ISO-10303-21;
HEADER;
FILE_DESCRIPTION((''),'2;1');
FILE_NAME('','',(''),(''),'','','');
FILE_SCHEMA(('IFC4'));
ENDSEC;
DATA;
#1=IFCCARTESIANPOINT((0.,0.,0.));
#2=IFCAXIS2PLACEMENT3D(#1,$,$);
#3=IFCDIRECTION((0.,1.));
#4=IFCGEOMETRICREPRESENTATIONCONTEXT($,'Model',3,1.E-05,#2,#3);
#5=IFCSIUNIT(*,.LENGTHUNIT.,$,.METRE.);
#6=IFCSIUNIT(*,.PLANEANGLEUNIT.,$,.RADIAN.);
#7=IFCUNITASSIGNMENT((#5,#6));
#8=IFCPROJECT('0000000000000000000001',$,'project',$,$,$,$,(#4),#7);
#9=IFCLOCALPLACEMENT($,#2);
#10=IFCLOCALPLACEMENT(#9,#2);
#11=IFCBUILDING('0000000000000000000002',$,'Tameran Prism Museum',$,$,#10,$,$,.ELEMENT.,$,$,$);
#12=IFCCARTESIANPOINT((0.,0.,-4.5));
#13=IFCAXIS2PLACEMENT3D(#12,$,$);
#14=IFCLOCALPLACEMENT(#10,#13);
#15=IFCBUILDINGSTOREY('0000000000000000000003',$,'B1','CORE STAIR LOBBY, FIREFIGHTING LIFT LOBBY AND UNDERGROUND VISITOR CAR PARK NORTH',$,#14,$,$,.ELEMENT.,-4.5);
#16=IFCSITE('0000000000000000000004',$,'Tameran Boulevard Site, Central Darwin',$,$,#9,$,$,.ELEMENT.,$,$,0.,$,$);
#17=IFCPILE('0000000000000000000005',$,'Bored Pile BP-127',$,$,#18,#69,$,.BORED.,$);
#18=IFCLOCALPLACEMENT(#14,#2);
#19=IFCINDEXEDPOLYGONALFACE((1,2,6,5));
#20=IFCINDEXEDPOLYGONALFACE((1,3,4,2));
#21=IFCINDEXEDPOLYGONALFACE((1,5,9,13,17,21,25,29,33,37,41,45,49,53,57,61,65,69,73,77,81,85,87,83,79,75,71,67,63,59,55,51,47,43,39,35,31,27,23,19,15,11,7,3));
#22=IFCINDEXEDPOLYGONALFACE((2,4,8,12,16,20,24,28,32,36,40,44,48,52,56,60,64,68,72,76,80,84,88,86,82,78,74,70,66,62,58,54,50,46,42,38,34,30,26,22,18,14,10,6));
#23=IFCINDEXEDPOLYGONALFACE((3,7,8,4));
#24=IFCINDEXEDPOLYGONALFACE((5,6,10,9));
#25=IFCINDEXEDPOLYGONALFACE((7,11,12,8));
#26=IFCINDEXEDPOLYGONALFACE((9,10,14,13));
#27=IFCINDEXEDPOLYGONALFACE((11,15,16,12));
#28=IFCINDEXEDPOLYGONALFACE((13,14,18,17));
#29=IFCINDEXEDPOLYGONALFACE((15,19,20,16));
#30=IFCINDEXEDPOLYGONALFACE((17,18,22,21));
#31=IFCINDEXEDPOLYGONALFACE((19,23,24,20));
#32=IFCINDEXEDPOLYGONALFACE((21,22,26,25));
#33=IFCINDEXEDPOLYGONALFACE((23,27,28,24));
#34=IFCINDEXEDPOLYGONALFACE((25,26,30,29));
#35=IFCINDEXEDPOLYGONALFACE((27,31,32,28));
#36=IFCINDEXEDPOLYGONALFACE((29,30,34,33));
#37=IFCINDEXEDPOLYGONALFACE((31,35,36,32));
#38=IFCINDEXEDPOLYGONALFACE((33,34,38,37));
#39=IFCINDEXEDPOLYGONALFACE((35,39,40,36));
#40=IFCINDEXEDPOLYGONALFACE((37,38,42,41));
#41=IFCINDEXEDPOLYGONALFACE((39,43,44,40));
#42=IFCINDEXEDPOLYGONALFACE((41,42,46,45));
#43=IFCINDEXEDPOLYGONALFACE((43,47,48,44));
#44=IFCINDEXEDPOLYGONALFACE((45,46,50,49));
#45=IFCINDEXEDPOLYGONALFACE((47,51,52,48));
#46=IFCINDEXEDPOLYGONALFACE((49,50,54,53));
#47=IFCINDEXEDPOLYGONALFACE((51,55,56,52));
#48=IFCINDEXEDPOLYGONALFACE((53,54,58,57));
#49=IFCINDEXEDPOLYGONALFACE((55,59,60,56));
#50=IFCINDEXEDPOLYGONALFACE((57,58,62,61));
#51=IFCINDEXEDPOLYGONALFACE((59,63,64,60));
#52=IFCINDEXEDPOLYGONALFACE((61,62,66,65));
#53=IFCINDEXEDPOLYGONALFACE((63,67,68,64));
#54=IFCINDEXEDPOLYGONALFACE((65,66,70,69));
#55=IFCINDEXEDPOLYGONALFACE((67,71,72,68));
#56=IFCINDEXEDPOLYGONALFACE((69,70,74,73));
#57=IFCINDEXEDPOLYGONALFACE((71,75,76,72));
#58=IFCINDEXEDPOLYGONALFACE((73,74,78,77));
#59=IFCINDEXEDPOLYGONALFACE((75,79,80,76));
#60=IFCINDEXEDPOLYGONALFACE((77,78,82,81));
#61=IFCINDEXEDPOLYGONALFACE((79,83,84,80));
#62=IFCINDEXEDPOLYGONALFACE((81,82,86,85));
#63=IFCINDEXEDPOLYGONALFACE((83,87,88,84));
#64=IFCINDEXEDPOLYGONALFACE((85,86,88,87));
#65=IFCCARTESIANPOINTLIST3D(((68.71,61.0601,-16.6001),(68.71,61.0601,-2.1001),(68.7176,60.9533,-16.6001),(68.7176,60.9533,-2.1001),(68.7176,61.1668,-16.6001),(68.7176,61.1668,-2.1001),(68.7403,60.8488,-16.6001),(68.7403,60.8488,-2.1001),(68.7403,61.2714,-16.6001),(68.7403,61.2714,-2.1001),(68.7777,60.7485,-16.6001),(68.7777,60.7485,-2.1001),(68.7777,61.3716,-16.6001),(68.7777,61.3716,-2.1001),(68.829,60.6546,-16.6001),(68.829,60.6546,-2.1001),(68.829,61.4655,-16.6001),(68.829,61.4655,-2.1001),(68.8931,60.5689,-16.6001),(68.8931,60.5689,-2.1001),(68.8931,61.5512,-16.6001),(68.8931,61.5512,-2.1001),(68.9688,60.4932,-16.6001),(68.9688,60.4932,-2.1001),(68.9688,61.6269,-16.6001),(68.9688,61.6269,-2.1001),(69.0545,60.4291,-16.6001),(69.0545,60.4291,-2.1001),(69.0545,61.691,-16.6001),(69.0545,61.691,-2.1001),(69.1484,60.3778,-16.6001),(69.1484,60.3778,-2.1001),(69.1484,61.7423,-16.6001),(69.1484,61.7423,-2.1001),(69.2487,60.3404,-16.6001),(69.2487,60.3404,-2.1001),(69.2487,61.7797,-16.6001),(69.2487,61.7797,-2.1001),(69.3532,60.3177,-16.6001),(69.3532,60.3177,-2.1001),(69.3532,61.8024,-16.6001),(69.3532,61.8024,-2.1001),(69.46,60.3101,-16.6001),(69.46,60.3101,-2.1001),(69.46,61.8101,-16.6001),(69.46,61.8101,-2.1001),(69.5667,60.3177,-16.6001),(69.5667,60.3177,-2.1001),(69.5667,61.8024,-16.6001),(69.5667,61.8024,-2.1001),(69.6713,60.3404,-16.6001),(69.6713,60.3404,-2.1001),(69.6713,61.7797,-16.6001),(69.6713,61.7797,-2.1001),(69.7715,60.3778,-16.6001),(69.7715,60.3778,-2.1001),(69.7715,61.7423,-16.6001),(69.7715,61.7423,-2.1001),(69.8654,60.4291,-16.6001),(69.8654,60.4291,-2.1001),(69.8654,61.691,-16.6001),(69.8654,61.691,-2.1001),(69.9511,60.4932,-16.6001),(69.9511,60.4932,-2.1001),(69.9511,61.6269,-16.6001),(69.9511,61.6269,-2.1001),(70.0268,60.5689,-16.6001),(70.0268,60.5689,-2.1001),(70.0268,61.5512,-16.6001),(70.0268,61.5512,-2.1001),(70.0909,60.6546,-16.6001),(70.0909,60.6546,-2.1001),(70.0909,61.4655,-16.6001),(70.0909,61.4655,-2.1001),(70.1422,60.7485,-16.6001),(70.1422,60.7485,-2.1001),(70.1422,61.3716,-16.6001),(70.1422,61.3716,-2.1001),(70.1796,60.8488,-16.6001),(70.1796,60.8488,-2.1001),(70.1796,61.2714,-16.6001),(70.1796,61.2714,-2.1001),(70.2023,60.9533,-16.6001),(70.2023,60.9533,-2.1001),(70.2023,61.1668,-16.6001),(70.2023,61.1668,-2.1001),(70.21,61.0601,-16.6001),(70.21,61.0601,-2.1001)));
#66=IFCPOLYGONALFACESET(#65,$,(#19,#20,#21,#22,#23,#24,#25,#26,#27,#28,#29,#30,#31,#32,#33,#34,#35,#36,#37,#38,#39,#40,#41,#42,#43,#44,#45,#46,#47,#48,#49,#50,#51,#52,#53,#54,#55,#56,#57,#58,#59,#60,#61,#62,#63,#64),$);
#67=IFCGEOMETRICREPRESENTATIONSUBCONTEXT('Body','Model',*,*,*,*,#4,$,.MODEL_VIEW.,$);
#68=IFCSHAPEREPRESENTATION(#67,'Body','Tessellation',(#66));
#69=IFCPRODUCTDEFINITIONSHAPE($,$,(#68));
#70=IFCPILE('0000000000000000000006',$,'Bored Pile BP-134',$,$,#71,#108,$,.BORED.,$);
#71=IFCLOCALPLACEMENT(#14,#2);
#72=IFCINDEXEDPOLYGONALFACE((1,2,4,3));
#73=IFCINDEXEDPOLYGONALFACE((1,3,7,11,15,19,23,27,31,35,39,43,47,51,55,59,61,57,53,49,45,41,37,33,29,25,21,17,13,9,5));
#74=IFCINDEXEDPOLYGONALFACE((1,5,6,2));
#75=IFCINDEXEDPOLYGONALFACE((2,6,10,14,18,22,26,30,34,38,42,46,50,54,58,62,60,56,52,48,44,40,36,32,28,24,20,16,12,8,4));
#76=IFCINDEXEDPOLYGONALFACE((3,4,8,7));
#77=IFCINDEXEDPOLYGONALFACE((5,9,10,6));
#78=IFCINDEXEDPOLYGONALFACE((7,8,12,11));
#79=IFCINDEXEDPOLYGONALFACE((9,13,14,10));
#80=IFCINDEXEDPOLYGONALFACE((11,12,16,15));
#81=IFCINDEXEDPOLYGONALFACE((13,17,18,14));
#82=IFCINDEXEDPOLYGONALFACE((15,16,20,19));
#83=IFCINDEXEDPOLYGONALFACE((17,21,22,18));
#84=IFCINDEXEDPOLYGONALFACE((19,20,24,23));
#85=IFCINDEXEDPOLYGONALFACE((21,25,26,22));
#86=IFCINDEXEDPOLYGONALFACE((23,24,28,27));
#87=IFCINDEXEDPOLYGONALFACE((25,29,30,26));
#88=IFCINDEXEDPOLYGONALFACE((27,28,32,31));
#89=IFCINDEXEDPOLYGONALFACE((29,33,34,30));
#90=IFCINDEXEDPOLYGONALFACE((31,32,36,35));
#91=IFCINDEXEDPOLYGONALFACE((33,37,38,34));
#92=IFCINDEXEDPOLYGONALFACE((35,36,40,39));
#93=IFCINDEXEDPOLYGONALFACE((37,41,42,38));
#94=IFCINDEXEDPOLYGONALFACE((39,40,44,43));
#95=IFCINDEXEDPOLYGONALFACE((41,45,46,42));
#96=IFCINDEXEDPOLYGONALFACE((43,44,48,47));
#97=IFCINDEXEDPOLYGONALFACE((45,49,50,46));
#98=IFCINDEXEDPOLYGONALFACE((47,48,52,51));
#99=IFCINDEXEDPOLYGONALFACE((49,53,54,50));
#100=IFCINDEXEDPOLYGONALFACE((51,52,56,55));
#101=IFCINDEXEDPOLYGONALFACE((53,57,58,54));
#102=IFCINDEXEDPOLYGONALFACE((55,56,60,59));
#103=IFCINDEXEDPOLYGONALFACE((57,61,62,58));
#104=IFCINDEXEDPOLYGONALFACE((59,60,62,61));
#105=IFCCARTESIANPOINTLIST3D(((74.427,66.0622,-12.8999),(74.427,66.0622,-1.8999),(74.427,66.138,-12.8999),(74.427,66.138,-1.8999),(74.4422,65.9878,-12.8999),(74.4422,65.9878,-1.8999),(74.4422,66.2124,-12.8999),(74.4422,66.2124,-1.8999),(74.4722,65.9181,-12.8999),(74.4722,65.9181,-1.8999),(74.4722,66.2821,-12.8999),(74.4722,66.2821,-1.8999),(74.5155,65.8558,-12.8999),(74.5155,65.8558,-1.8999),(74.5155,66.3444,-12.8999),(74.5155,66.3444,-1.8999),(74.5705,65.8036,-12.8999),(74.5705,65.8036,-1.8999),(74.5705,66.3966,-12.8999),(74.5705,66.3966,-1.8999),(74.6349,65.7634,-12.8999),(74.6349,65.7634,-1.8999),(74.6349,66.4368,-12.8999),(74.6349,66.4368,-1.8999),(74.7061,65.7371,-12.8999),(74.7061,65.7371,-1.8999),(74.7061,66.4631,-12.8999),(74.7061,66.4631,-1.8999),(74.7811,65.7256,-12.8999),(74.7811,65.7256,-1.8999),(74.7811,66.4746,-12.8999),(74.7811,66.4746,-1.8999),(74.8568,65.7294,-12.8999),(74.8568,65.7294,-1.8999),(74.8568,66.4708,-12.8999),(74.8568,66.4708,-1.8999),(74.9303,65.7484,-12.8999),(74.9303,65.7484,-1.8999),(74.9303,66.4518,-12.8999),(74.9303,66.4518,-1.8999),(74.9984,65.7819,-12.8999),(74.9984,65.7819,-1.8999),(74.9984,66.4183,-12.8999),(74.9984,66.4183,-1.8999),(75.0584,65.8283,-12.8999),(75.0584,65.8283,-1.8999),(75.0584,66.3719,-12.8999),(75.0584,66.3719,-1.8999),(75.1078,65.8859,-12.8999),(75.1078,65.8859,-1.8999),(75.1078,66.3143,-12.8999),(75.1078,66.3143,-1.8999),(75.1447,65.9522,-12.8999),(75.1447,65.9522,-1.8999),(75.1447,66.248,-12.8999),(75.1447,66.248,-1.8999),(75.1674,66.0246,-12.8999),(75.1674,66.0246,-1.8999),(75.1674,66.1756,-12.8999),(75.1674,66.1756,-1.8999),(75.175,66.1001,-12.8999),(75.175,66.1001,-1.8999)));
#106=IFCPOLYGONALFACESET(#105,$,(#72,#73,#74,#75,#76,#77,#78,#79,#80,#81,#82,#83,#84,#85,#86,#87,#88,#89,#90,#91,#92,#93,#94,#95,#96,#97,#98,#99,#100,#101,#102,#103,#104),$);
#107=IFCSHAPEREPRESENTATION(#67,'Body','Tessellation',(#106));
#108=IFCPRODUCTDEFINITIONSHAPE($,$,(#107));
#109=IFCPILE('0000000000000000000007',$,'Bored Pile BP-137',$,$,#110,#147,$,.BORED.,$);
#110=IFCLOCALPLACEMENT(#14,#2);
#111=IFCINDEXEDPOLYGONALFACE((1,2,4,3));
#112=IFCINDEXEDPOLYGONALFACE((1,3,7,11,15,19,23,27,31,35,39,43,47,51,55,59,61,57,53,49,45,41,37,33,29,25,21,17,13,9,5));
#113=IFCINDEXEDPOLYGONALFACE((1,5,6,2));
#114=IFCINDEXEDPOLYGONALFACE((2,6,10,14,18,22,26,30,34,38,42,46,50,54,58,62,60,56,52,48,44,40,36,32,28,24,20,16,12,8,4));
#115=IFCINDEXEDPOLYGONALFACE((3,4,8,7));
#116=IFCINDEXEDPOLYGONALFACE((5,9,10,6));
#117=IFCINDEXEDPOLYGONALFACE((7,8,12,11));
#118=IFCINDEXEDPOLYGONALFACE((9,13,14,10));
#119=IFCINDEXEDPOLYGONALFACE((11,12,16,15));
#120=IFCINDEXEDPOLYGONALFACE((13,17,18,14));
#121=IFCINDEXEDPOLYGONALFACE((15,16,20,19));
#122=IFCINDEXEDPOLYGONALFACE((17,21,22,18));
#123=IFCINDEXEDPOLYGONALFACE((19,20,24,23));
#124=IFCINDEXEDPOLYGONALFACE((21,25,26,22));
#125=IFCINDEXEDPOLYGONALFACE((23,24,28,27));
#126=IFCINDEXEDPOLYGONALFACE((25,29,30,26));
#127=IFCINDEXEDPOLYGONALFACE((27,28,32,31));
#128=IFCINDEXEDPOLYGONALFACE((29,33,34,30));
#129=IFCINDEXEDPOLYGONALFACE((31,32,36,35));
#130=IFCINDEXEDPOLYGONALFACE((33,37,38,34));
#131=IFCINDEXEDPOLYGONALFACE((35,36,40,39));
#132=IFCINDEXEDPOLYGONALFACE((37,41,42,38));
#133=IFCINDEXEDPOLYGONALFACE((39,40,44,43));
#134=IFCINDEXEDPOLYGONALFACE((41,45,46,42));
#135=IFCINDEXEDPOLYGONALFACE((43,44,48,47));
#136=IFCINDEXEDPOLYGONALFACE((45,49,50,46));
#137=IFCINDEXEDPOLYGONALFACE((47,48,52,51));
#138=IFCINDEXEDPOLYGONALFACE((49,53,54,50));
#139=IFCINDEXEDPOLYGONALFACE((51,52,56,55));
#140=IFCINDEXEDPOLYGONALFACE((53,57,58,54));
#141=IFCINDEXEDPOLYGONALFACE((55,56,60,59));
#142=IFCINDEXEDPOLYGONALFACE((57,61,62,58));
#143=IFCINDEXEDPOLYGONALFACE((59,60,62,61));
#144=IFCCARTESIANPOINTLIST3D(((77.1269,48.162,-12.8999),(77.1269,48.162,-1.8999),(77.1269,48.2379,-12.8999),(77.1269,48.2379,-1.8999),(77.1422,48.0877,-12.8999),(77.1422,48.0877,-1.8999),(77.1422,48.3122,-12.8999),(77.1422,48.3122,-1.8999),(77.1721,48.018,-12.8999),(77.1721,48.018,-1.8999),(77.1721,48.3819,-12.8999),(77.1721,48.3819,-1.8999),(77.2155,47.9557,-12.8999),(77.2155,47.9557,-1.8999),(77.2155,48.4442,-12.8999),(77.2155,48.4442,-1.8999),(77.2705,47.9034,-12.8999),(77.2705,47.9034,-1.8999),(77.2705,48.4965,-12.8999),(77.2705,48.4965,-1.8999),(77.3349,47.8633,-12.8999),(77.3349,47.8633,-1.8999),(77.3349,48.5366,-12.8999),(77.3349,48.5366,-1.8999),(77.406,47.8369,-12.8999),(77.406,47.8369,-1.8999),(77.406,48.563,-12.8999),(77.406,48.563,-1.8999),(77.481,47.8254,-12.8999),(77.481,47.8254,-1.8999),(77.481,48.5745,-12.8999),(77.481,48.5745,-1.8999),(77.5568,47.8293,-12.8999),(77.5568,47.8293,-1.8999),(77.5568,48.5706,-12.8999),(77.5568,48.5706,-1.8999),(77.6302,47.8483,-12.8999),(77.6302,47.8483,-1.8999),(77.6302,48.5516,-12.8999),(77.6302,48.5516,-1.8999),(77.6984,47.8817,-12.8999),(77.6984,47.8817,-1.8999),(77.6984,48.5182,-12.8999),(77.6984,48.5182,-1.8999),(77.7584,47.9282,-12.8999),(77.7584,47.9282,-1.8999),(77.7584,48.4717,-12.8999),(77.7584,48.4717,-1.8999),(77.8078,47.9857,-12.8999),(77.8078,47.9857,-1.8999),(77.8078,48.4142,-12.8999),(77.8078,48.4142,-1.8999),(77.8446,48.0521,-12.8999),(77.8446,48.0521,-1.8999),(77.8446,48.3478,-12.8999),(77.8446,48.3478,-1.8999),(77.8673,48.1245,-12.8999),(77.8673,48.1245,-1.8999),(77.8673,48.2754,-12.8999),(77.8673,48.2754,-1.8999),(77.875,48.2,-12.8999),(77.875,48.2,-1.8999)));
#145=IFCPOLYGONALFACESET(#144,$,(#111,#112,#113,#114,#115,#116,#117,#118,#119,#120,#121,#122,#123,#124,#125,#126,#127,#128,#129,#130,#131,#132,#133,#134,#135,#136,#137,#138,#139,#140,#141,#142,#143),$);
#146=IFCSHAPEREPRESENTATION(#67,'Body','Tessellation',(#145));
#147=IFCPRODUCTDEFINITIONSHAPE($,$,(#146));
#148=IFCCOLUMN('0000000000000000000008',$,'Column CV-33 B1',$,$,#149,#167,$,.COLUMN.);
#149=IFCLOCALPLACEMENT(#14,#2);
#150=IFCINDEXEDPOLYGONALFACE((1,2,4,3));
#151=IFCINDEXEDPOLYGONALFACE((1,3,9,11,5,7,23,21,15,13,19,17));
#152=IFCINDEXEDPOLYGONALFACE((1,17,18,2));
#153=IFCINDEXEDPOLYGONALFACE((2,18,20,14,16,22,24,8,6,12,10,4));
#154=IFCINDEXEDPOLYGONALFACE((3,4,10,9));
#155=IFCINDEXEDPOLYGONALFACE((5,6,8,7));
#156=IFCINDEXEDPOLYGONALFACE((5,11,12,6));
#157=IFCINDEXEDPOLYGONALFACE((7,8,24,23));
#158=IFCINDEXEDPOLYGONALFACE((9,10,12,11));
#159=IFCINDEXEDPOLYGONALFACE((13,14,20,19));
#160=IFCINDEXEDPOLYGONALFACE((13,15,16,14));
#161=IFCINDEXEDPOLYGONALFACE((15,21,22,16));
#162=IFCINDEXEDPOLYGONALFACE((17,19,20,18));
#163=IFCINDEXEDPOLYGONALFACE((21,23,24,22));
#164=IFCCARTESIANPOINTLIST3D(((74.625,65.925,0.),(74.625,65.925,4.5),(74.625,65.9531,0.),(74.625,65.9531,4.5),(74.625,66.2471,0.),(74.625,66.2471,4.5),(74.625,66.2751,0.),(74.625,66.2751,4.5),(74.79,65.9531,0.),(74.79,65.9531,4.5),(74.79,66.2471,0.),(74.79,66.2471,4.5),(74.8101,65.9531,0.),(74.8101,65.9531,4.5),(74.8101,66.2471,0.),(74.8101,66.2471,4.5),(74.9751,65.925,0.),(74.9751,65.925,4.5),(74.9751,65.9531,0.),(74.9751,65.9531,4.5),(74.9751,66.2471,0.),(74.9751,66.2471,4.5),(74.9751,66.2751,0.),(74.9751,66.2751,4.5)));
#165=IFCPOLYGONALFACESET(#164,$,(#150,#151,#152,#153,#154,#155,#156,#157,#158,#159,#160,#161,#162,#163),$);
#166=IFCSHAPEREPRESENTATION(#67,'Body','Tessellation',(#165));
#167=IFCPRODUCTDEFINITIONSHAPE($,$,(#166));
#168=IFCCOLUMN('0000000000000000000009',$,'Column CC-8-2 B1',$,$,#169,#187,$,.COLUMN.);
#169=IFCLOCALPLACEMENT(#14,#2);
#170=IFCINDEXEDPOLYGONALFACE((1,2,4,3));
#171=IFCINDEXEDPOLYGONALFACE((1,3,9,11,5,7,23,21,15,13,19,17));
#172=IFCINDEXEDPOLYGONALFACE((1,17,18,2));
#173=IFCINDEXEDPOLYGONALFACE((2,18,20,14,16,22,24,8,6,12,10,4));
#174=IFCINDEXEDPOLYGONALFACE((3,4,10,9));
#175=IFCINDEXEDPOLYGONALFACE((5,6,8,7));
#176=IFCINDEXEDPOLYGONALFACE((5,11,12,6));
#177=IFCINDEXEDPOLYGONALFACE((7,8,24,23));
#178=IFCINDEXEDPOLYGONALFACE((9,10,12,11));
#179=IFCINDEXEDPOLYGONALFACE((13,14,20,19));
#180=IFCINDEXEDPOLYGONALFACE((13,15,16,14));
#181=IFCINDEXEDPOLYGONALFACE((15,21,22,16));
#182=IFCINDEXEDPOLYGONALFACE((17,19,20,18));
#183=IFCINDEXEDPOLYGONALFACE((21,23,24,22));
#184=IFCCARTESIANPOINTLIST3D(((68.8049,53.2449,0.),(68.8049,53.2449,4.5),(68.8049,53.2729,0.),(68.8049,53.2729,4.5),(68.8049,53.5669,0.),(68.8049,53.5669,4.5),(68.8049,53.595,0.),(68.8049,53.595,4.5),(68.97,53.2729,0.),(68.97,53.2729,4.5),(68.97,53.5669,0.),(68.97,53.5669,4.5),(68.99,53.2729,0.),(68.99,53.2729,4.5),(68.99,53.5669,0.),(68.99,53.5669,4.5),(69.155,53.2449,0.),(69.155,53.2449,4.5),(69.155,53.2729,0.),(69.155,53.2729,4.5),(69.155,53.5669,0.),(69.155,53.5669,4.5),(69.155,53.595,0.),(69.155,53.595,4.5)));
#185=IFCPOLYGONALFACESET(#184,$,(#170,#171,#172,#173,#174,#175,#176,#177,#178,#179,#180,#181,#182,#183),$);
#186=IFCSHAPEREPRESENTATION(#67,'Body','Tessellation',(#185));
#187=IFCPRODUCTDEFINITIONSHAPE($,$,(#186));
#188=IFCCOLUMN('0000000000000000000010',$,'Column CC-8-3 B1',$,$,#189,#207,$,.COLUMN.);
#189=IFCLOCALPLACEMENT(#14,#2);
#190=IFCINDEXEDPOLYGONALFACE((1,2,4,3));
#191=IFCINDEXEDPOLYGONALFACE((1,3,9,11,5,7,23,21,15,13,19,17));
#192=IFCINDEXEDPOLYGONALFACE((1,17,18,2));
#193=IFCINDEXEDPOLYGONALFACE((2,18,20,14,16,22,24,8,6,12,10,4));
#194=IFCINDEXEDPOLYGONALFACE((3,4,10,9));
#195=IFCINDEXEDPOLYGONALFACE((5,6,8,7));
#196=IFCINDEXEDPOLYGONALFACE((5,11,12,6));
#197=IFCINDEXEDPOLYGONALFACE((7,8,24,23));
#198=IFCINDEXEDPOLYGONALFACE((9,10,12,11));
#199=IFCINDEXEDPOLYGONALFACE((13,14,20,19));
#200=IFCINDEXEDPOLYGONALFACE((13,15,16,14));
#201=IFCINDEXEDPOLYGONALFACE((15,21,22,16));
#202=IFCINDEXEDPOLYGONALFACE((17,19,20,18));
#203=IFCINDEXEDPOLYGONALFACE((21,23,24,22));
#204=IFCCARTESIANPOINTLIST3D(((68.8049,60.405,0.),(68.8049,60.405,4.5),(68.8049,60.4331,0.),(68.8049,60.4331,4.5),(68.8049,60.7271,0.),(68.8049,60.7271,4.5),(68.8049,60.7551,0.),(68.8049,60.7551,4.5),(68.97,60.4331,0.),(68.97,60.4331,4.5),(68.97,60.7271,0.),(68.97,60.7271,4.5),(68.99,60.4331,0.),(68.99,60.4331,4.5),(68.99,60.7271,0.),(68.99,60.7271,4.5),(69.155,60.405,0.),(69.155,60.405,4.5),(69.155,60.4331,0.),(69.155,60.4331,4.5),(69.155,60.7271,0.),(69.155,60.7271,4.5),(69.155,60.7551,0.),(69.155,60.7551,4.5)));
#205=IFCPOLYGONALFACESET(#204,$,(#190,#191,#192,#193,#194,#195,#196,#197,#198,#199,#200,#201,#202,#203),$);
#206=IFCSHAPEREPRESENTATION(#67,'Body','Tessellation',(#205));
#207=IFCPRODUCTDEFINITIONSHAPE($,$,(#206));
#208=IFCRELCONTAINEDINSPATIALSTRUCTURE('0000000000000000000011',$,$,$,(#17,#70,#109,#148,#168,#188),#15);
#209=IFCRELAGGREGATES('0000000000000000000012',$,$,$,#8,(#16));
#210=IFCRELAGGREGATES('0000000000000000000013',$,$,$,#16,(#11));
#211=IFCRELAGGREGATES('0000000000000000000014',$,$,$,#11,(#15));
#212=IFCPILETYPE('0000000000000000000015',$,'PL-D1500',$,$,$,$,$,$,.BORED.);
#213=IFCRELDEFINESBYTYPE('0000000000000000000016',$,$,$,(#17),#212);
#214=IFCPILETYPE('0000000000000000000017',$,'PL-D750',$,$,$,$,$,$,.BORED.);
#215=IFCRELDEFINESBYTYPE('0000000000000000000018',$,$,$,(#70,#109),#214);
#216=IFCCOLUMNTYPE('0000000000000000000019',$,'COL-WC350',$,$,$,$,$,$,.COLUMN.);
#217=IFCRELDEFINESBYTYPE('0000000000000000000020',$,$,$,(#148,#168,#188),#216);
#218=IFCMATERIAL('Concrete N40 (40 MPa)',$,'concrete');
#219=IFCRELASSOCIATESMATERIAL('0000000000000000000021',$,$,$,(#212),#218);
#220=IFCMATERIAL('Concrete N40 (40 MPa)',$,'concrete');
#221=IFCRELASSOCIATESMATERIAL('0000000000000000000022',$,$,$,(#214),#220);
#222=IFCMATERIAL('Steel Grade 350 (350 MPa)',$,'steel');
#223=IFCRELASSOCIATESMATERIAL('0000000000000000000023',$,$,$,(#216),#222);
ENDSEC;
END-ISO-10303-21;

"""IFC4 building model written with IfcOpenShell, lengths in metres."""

from ifc_helpers import new_model, si_unit, direction, frame, origin, origin_2d, place, context, subcontext, project, spatial, circle, i_section, extrude, material, material_profile, profile_set, type_object, element, save


model = new_model("IFC4")

# Units and contexts
model_context = context("Model", 3, precision=1e-05, world=origin(), true_north=direction((0.0, 1.0)))
body_context = subcontext(model_context, "Body", "Model", "MODEL_VIEW")
ifc_project = project(units=[si_unit("LENGTHUNIT", "METRE"), si_unit("PLANEANGLEUNIT", "RADIAN")], contexts=[model_context])

# Site, building, storey
site_placement = place(None, origin())
site = spatial("IfcSite", under=ifc_project, at=site_placement, Name="Tameran Boulevard Site, Central Darwin", CompositionType="ELEMENT", RefElevation=0.0)
building_placement = place(site_placement, origin())
building = spatial("IfcBuilding", under=site, at=building_placement, Name="Tameran Prism Museum", CompositionType="ELEMENT")
storey_placement = place(building_placement, frame((0.0, 0.0, -4.5)))
storey = spatial("IfcBuildingStorey", under=building, at=storey_placement, Name="B1", Description="CORE STAIR LOBBY, FIREFIGHTING LIFT LOBBY AND UNDERGROUND VISITOR CAR PARK NORTH", CompositionType="ELEMENT", Elevation=-4.5)

# Piles
ifc_material_1 = material(Name="Concrete N40 (40 MPa)", Category="concrete")
ifc_material_profile_1 = material_profile(ifc_material_1, circle(Radius=0.75, at=origin_2d()))
ifc_profile_set_1 = profile_set([ifc_material_profile_1])
pile_type_1 = type_object("IfcPileType", Name="PL-D1500", PredefinedType="BORED", material=ifc_profile_set_1)
for number, where, z_axis, x_axis, name in (
    (1, (69.46, 61.0601, -2.1001), (0.0, 0.0, -1.0), (1.0, 0.0, 0.0), "Bored Pile BP-127"),
):
    element("IfcPile", number, at=place(storey_placement, frame(where, z_axis=z_axis, x_axis=x_axis)), inside=storey, type_object=pile_type_1, Name=name, PredefinedType="BORED", context=body_context, shape_type="SweptSolid", body=[
        extrude(circle(Radius=0.75, at=origin_2d()), origin(), (0.0, 0.0, 1.0), 14.5),
    ])
ifc_material_2 = material(Name="Concrete N40 (40 MPa)", Category="concrete")
ifc_material_profile_2 = material_profile(ifc_material_2, circle(Radius=0.375, at=origin_2d()))
ifc_profile_set_2 = profile_set([ifc_material_profile_2])
pile_type_2 = type_object("IfcPileType", Name="PL-D750", PredefinedType="BORED", material=ifc_profile_set_2)
for number, where, z_axis, x_axis, name in (
    (2, (74.8, 66.1001, -1.8999), (0.0, 0.0, -1.0), (1.0, 0.0, 0.0), "Bored Pile BP-134"),
    (3, (77.5, 48.2, -1.8999), (0.0, 0.0, -1.0), (1.0, 0.0, 0.0), "Bored Pile BP-137"),
):
    element("IfcPile", number, at=place(storey_placement, frame(where, z_axis=z_axis, x_axis=x_axis)), inside=storey, type_object=pile_type_2, Name=name, PredefinedType="BORED", context=body_context, shape_type="SweptSolid", body=[
        extrude(circle(Radius=0.375, at=origin_2d()), origin(), (0.0, 0.0, 1.0), 11.0),
    ])

# Columns
ifc_material_3 = material(Name="Steel Grade 350 (350 MPa)", Category="steel")
ifc_material_profile_3 = material_profile(ifc_material_3, i_section(OverallWidth=0.3501, OverallDepth=0.3501, WebThickness=0.02, FlangeThickness=0.0281, at=origin_2d()))
ifc_profile_set_3 = profile_set([ifc_material_profile_3])
column_type_1 = type_object("IfcColumnType", Name="COL-WC350", PredefinedType="COLUMN", material=ifc_profile_set_3)
for number, where, z_axis, x_axis, name in (
    (4, (74.8, 66.1001, 0.0), (0.0, 0.0, 1.0), (1.0, 0.0, 0.0), "Column CV-33 B1"),
    (5, (68.98, 53.4199, 0.0), (0.0, 0.0, 1.0), (1.0, 0.0, 0.0), "Column CC-8-2 B1"),
    (6, (68.98, 60.5801, 0.0), (0.0, 0.0, 1.0), (1.0, 0.0, 0.0), "Column CC-8-3 B1"),
):
    element("IfcColumn", number, at=place(storey_placement, frame(where, z_axis=z_axis, x_axis=x_axis)), inside=storey, type_object=column_type_1, Name=name, PredefinedType="COLUMN", context=body_context, shape_type="SweptSolid", body=[
        extrude(i_section(OverallWidth=0.3501, OverallDepth=0.3501, WebThickness=0.02, FlangeThickness=0.0281, at=origin_2d()), origin(), (0.0, 0.0, 1.0), 4.5),
    ])

save(model, "model.ifc")
